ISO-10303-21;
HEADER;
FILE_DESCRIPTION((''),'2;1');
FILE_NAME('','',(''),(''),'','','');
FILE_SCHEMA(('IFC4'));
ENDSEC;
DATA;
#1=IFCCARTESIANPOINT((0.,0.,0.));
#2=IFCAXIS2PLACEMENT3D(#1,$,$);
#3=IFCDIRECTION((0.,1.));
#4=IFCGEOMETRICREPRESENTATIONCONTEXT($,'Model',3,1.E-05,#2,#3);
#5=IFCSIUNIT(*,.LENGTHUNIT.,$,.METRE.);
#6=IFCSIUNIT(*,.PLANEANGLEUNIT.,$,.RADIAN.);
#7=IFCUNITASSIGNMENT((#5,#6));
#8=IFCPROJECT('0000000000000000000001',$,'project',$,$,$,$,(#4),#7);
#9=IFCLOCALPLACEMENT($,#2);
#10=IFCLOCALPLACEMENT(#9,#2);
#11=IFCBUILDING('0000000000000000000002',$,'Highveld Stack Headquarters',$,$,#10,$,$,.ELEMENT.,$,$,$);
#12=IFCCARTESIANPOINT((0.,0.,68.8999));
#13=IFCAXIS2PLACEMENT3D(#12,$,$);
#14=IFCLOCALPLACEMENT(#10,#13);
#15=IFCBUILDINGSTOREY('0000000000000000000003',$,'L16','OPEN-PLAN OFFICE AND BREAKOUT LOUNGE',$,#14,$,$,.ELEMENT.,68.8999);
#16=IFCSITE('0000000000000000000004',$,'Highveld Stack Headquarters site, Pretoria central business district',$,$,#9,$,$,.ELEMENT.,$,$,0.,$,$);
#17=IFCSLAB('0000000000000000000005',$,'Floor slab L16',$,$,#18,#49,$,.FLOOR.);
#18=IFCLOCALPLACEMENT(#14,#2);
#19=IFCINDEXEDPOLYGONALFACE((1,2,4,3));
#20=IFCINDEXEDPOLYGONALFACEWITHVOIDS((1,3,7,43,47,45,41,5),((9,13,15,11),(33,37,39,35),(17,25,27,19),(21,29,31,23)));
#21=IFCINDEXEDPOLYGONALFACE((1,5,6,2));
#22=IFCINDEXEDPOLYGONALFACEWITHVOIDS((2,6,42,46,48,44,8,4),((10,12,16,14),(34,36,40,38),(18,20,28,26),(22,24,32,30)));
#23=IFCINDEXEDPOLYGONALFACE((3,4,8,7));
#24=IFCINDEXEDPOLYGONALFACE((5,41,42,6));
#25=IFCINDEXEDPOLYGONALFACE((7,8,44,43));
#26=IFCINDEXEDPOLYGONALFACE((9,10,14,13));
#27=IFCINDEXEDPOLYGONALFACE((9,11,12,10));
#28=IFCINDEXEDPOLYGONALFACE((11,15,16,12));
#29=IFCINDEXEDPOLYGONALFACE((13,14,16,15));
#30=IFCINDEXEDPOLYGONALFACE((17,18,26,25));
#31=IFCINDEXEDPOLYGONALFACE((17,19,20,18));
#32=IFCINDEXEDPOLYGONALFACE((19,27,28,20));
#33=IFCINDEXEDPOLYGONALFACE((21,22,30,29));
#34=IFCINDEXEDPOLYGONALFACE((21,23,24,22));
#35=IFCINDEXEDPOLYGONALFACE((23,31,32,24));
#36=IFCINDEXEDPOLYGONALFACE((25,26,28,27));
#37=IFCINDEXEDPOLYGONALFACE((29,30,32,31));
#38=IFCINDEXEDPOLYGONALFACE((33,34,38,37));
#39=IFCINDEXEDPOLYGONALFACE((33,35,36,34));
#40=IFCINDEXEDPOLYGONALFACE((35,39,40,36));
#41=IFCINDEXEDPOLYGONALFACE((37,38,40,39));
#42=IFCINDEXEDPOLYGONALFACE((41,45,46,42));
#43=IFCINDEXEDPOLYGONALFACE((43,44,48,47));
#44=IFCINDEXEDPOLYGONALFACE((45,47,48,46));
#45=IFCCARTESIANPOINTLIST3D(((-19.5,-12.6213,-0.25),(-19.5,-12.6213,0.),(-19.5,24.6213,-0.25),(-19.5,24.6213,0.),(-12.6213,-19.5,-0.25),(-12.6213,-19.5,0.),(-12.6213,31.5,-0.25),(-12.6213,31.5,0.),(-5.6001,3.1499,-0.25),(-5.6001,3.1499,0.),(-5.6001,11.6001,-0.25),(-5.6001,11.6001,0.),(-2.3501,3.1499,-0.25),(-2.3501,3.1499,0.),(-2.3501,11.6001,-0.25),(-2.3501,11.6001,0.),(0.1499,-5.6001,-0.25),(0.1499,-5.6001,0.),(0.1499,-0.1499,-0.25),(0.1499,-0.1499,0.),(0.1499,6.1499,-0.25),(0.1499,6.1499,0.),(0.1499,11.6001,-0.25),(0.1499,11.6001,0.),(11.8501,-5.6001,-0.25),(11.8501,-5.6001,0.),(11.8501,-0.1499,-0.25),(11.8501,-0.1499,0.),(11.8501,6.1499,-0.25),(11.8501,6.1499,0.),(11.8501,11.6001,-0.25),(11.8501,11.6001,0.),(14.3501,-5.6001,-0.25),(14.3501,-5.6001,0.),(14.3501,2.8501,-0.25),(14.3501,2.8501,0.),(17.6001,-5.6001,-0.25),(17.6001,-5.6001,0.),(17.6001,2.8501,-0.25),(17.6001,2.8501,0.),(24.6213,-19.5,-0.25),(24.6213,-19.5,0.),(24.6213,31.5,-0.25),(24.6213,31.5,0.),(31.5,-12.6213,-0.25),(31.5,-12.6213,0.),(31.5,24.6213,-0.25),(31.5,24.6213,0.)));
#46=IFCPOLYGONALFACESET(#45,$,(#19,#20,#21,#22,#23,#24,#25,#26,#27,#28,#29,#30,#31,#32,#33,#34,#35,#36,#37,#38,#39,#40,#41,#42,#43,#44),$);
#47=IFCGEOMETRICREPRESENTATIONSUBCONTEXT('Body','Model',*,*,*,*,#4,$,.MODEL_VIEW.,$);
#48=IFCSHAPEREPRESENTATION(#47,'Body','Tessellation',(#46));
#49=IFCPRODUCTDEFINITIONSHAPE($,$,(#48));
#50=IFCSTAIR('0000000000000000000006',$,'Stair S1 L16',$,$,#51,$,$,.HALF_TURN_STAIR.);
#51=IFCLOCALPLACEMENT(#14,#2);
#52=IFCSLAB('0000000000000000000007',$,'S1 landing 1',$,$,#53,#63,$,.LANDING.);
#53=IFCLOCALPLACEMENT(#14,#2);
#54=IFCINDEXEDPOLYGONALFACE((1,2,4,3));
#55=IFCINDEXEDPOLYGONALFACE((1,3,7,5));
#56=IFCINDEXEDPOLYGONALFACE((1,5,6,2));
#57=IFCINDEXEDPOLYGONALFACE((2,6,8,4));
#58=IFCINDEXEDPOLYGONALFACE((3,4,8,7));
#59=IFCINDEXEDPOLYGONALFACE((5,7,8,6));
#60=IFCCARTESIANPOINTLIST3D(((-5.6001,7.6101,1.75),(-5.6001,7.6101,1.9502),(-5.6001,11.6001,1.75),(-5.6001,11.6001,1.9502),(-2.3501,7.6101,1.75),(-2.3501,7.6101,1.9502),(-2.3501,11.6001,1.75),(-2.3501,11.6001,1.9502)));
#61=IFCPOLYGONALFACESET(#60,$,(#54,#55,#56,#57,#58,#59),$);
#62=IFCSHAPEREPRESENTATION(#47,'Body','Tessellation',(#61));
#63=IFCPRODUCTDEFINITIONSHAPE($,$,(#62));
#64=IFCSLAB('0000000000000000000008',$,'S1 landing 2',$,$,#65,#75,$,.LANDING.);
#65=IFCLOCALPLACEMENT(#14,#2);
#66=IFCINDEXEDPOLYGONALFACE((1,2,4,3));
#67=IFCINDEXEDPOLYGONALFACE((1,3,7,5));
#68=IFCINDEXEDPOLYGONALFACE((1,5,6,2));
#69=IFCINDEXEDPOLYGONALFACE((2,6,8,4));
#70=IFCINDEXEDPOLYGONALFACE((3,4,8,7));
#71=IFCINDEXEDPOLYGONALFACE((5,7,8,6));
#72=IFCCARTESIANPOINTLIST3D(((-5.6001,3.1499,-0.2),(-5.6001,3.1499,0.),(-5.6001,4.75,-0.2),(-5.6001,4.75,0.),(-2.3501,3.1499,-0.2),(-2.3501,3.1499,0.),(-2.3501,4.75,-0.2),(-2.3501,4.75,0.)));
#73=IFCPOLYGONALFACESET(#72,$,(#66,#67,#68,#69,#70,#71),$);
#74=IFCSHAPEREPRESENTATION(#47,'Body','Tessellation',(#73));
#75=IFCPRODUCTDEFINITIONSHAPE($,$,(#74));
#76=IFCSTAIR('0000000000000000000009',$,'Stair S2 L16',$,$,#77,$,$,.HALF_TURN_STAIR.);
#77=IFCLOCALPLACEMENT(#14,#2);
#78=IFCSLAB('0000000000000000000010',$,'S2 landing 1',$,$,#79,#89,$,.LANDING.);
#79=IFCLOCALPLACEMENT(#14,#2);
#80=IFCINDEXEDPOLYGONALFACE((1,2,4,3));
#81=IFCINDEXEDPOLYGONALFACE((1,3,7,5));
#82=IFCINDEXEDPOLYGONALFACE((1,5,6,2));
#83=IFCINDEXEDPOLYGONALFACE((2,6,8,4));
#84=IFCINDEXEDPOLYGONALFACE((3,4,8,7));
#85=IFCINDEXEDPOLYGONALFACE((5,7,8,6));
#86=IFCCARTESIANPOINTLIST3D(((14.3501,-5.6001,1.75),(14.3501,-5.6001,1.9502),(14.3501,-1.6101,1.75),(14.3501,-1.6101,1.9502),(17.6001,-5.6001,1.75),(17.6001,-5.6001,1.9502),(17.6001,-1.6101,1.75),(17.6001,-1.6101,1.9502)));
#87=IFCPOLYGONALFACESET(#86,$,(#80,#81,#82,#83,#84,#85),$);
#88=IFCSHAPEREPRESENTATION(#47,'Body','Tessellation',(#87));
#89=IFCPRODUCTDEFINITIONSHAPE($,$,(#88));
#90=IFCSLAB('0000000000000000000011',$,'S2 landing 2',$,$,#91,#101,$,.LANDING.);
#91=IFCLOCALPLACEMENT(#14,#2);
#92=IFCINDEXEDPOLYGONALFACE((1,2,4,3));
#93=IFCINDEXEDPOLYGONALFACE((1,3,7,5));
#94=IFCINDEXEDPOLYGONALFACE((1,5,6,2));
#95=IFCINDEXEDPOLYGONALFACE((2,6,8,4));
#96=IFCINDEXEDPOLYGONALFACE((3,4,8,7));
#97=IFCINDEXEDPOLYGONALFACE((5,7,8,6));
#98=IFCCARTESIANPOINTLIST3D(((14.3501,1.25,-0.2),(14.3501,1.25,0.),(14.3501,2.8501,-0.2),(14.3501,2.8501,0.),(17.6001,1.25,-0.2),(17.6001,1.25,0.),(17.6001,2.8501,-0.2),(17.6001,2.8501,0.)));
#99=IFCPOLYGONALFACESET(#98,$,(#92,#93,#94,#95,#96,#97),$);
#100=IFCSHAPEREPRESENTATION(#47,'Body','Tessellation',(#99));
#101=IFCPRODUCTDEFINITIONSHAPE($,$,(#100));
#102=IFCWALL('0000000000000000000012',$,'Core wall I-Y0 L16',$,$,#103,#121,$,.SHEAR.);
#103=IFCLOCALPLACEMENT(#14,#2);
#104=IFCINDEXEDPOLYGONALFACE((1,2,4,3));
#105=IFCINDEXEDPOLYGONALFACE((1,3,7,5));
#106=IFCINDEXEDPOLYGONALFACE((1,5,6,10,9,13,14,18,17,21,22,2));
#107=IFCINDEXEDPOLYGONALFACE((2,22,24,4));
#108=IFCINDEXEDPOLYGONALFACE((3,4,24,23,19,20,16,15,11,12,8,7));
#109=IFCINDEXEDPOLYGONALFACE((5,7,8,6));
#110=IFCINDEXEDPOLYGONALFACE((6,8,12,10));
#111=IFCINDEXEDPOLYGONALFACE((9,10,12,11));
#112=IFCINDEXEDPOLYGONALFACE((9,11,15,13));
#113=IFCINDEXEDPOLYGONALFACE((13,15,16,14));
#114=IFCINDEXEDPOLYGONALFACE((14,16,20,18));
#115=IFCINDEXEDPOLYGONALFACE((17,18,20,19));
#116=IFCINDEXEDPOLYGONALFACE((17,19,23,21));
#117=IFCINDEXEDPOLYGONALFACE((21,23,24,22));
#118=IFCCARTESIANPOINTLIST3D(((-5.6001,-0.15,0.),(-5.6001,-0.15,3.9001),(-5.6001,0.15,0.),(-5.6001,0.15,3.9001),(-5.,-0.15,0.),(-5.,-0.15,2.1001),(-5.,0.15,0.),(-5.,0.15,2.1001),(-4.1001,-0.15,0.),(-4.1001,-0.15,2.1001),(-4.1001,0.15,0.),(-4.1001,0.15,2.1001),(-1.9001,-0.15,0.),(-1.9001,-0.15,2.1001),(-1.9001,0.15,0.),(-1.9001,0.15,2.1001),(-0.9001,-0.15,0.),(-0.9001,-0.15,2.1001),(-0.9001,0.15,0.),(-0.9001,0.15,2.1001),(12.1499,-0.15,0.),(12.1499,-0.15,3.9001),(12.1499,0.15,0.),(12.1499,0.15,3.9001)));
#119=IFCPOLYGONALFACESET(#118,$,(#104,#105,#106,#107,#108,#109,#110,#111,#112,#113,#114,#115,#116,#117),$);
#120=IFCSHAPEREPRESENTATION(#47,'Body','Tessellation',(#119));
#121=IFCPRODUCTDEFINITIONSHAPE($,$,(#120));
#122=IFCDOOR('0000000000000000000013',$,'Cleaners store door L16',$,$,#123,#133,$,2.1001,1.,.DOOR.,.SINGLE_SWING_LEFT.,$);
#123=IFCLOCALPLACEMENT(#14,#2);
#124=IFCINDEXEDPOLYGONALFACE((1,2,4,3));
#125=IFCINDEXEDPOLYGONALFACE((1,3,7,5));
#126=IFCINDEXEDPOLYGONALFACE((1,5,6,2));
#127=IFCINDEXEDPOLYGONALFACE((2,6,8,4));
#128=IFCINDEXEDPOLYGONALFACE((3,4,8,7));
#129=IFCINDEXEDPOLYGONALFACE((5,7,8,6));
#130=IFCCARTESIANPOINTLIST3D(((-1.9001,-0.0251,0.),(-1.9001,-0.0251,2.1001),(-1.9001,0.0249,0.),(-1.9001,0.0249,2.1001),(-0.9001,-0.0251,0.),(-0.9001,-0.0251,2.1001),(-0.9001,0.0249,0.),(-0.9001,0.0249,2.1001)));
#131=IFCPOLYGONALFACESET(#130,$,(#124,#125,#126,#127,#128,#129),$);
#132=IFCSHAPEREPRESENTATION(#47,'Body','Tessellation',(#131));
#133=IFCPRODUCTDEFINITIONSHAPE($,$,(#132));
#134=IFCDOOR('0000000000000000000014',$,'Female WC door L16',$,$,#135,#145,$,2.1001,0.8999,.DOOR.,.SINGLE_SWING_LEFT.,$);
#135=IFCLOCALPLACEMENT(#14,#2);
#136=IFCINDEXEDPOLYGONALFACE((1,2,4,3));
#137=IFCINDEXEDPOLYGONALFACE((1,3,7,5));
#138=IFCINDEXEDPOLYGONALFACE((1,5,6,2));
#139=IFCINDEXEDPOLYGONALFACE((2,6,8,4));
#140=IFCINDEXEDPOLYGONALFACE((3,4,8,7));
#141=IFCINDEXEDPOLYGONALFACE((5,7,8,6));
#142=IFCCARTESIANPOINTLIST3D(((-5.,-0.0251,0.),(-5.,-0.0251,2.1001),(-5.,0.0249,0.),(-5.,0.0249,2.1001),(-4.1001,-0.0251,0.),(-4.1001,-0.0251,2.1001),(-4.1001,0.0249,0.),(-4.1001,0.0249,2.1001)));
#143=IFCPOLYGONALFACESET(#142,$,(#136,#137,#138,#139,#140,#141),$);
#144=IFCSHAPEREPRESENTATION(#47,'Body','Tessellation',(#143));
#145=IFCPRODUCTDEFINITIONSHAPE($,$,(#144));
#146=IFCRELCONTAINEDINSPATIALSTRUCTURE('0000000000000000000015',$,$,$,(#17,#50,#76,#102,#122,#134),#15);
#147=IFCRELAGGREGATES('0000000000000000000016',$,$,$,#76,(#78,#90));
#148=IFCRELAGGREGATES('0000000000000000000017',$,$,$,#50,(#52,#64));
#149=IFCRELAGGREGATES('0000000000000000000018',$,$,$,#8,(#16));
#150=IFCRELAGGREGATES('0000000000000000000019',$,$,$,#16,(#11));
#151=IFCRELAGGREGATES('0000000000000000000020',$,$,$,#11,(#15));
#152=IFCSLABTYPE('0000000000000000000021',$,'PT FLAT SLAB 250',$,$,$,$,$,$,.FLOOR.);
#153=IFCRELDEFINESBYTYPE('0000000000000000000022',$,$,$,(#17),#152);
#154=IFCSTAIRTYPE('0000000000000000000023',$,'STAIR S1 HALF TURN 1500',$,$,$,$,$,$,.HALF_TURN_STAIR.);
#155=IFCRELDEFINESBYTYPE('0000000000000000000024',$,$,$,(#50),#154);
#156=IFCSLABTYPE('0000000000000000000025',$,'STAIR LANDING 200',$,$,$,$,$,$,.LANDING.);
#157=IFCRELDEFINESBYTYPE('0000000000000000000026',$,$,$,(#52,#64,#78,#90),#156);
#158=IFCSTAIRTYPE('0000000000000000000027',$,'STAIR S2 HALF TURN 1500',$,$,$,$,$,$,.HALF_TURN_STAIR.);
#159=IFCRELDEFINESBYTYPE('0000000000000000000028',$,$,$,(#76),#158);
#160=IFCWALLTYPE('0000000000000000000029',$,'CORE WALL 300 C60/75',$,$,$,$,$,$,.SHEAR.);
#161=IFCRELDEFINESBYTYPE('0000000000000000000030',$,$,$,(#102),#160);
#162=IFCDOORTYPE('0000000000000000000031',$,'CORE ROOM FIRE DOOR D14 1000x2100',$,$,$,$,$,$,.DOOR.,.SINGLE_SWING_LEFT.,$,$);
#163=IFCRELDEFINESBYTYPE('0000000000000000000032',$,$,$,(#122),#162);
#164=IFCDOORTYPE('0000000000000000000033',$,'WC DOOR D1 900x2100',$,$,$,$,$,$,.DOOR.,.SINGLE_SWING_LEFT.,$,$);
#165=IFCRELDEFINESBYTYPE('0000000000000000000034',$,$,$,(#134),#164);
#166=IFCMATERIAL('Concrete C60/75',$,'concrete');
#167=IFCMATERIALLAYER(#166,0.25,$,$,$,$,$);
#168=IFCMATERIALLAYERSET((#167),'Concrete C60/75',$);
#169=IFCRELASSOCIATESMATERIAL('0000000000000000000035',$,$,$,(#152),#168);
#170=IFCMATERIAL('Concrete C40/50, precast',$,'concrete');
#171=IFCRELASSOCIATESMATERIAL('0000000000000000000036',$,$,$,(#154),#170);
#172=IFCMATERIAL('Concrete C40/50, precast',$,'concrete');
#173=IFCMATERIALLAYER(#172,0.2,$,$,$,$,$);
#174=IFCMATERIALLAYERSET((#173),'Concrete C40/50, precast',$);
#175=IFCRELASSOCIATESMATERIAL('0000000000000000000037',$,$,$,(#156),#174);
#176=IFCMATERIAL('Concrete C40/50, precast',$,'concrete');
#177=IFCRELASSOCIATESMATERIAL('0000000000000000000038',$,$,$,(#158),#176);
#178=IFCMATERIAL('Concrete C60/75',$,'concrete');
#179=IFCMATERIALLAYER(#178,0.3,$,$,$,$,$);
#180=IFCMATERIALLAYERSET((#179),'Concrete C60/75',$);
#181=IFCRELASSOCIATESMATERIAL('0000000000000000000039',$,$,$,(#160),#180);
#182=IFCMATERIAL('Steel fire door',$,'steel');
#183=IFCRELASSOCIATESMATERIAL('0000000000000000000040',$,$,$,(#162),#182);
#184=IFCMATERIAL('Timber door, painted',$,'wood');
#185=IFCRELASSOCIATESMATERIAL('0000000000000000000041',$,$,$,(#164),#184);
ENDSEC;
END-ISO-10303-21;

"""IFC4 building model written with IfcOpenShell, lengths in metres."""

from ifc_helpers import new_model, si_unit, direction, frame, frame_2d, origin, place, context, subcontext, project, spatial, polyline, rectangle, outline, extrude, material, layer, layer_set, type_object, element, fill, aggregate, save


model = new_model("IFC4")

# Units and contexts
model_context = context("Model", 3, precision=1e-05, world=origin(), true_north=direction((0.0, 1.0)))
body_context = subcontext(model_context, "Body", "Model", "MODEL_VIEW")
ifc_project = project(units=[si_unit("LENGTHUNIT", "METRE"), si_unit("PLANEANGLEUNIT", "RADIAN")], contexts=[model_context])

# Site, building, storey
site_placement = place(None, origin())
site = spatial("IfcSite", under=ifc_project, at=site_placement, Name="Highveld Stack Headquarters site, Pretoria central business district", CompositionType="ELEMENT", RefElevation=0.0)
building_placement = place(site_placement, origin())
building = spatial("IfcBuilding", under=site, at=building_placement, Name="Highveld Stack Headquarters", CompositionType="ELEMENT")
storey_placement = place(building_placement, frame((0.0, 0.0, 68.8999)))
storey = spatial("IfcBuildingStorey", under=building, at=storey_placement, Name="L16", Description="OPEN-PLAN OFFICE AND BREAKOUT LOUNGE", CompositionType="ELEMENT", Elevation=68.8999)

# Slab
ifc_material_1 = material(Name="Concrete C60/75", Category="concrete")
ifc_layer_1 = layer(ifc_material_1, 0.25)
ifc_layer_set_1 = layer_set([ifc_layer_1], Name="Concrete C60/75")
slab_type_1 = type_object("IfcSlabType", Name="PT FLAT SLAB 250", PredefinedType="FLOOR", material=ifc_layer_set_1)
slab_1_placement = place(storey_placement, frame((0.0, 0.0, -0.25)))
element("IfcSlab", 1, at=slab_1_placement, inside=storey, type_object=slab_type_1, Name="Floor slab L16", PredefinedType="FLOOR", context=body_context, shape_type="SweptSolid", body=[
    extrude(outline(polyline([(-12.6213, -19.5), (24.6213, -19.5), (31.5, -12.6213), (31.5, 24.6213), (24.6213, 31.5), (-12.6213, 31.5), (-19.5, 24.6213), (-19.5, -12.6213), (-12.6213, -19.5)]), holes=[polyline([(0.1499, 6.1499), (11.8501, 6.1499), (11.8501, 11.6001), (0.1499, 11.6001), (0.1499, 6.1499)]), polyline([(0.1499, -5.6001), (11.8501, -5.6001), (11.8501, -0.1499), (0.1499, -0.1499), (0.1499, -5.6001)]), polyline([(-5.6001, 3.1499), (-2.3501, 3.1499), (-2.3501, 11.6001), (-5.6001, 11.6001), (-5.6001, 3.1499)]), polyline([(14.3501, -5.6001), (17.6001, -5.6001), (17.6001, 2.8501), (14.3501, 2.8501), (14.3501, -5.6001)])]), origin(), (0.0, 0.0, 1.0), 0.25),
])

# Stairs, slabs
ifc_material_2 = material(Name="Concrete C40/50, precast", Category="concrete")
stair_type_1 = type_object("IfcStairType", Name="STAIR S1 HALF TURN 1500", PredefinedType="HALF_TURN_STAIR", material=ifc_material_2)
stair_1_placement = place(storey_placement, origin())
stair_1 = element("IfcStair", 2, at=stair_1_placement, inside=storey, type_object=stair_type_1, Name="Stair S1 L16", PredefinedType="HALF_TURN_STAIR")
ifc_material_3 = material(Name="Concrete C40/50, precast", Category="concrete")
ifc_layer_2 = layer(ifc_material_3, 0.2)
ifc_layer_set_2 = layer_set([ifc_layer_2], Name="Concrete C40/50, precast")
slab_type_2 = type_object("IfcSlabType", Name="STAIR LANDING 200", PredefinedType="LANDING", material=ifc_layer_set_2)
slab_2_placement = place(storey_placement, frame((0.0, 0.0, 1.75)))
slab_2 = element("IfcSlab", 3, at=slab_2_placement, type_object=slab_type_2, Name="S1 landing 1", PredefinedType="LANDING", context=body_context, shape_type="SweptSolid", body=[
    extrude(outline(polyline([(-5.6001, 7.6101), (-2.3501, 7.6101), (-2.3501, 11.6001), (-5.6001, 11.6001), (-5.6001, 7.6101)])), origin(), (0.0, 0.0, 1.0), 0.2002),
])
slab_3_placement = place(storey_placement, frame((0.0, 0.0, -0.2)))
slab_3 = element("IfcSlab", 4, at=slab_3_placement, type_object=slab_type_2, Name="S1 landing 2", PredefinedType="LANDING", context=body_context, shape_type="SweptSolid", body=[
    extrude(outline(polyline([(-5.6001, 3.1499), (-2.3501, 3.1499), (-2.3501, 4.75), (-5.6001, 4.75), (-5.6001, 3.1499)])), origin(), (0.0, 0.0, 1.0), 0.2),
])
ifc_material_4 = material(Name="Concrete C40/50, precast", Category="concrete")
stair_type_2 = type_object("IfcStairType", Name="STAIR S2 HALF TURN 1500", PredefinedType="HALF_TURN_STAIR", material=ifc_material_4)
stair_2_placement = place(storey_placement, origin())
stair_2 = element("IfcStair", 5, at=stair_2_placement, inside=storey, type_object=stair_type_2, Name="Stair S2 L16", PredefinedType="HALF_TURN_STAIR")
slab_4_placement = place(storey_placement, frame((0.0, 0.0, 1.75)))
slab_4 = element("IfcSlab", 6, at=slab_4_placement, type_object=slab_type_2, Name="S2 landing 1", PredefinedType="LANDING", context=body_context, shape_type="SweptSolid", body=[
    extrude(outline(polyline([(14.3501, -5.6001), (17.6001, -5.6001), (17.6001, -1.6101), (14.3501, -1.6101), (14.3501, -5.6001)])), origin(), (0.0, 0.0, 1.0), 0.2002),
])
slab_5_placement = place(storey_placement, frame((0.0, 0.0, -0.2)))
slab_5 = element("IfcSlab", 7, at=slab_5_placement, type_object=slab_type_2, Name="S2 landing 2", PredefinedType="LANDING", context=body_context, shape_type="SweptSolid", body=[
    extrude(outline(polyline([(14.3501, 1.25), (17.6001, 1.25), (17.6001, 2.8501), (14.3501, 2.8501), (14.3501, 1.25)])), origin(), (0.0, 0.0, 1.0), 0.2),
])
aggregate(stair_2, [slab_4, slab_5])

# Wall, openings, doors
ifc_material_5 = material(Name="Concrete C60/75", Category="concrete")
ifc_layer_3 = layer(ifc_material_5, 0.3)
ifc_layer_set_3 = layer_set([ifc_layer_3], Name="Concrete C60/75")
wall_type_1 = type_object("IfcWallType", Name="CORE WALL 300 C60/75", PredefinedType="SHEAR", material=ifc_layer_set_3)
wall_1_placement = place(storey_placement, frame((-5.6001, 0.0, 0.0), z_axis=(0.0, 0.0, 1.0), x_axis=(1.0, 0.0, 0.0)))
wall_1 = element("IfcWall", 8, at=wall_1_placement, inside=storey, type_object=wall_type_1, Name="Core wall I-Y0 L16", PredefinedType="SHEAR", context=body_context, shape_type="SweptSolid", body=[
    extrude(rectangle(XDim=17.75, YDim=0.3, at=frame_2d((8.875, 0.0))), origin(), (0.0, 0.0, 1.0), 3.9001),
])
opening_1_placement = place(wall_1_placement, frame((0.6001, 0.0, 0.0)))
opening_1 = element("IfcOpeningElement", 9, at=opening_1_placement, cuts=wall_1, PredefinedType="OPENING", context=body_context, shape_type="SweptSolid", body=[
    extrude(rectangle(XDim=0.8999, YDim=2.1001, at=frame_2d((0.45, 1.05))), frame((0.0, 0.1599, 0.0), z_axis=(0.0, -1.0, 0.0), x_axis=(1.0, 0.0, 0.0)), (0.0, 0.0, 1.0), 0.3201),
])
opening_2_placement = place(wall_1_placement, frame((3.7, 0.0, 0.0)))
opening_2 = element("IfcOpeningElement", 10, at=opening_2_placement, cuts=wall_1, PredefinedType="OPENING", context=body_context, shape_type="SweptSolid", body=[
    extrude(rectangle(XDim=1.0, YDim=2.1001, at=frame_2d((0.5, 1.05))), frame((0.0, 0.1599, 0.0), z_axis=(0.0, -1.0, 0.0), x_axis=(1.0, 0.0, 0.0)), (0.0, 0.0, 1.0), 0.3201),
])
ifc_material_6 = material(Name="Steel fire door", Category="steel")
door_type_1 = type_object("IfcDoorType", Name="CORE ROOM FIRE DOOR D14 1000x2100", OperationType="SINGLE_SWING_LEFT", PredefinedType="DOOR", material=ifc_material_6)
door_1_placement = place(opening_2_placement, origin())
door_1 = element("IfcDoor", 11, at=door_1_placement, inside=storey, type_object=door_type_1, Name="Cleaners store door L16", OperationType="SINGLE_SWING_LEFT", OverallHeight=2.1001, OverallWidth=1.0, PredefinedType="DOOR", context=body_context, shape_type="SweptSolid", body=[
    extrude(rectangle(XDim=1.0, YDim=2.1001, at=frame_2d((0.5, 1.05))), frame((0.0, 0.0249, 0.0), z_axis=(0.0, -1.0, 0.0), x_axis=(1.0, 0.0, 0.0)), (0.0, 0.0, 1.0), 0.05),
])
fill(opening_2, door_1)
ifc_material_7 = material(Name="Timber door, painted", Category="wood")
door_type_2 = type_object("IfcDoorType", Name="WC DOOR D1 900x2100", OperationType="SINGLE_SWING_LEFT", PredefinedType="DOOR", material=ifc_material_7)
door_2_placement = place(opening_1_placement, origin())
door_2 = element("IfcDoor", 12, at=door_2_placement, inside=storey, type_object=door_type_2, Name="Female WC door L16", OperationType="SINGLE_SWING_LEFT", OverallHeight=2.1001, OverallWidth=0.8999, PredefinedType="DOOR", context=body_context, shape_type="SweptSolid", body=[
    extrude(rectangle(XDim=0.8999, YDim=2.1001, at=frame_2d((0.45, 1.05))), frame((0.0, 0.0249, 0.0), z_axis=(0.0, -1.0, 0.0), x_axis=(1.0, 0.0, 0.0)), (0.0, 0.0, 1.0), 0.05),
])
fill(opening_1, door_2)

aggregate(stair_1, [slab_2, slab_3])

save(model, "model.ifc")
